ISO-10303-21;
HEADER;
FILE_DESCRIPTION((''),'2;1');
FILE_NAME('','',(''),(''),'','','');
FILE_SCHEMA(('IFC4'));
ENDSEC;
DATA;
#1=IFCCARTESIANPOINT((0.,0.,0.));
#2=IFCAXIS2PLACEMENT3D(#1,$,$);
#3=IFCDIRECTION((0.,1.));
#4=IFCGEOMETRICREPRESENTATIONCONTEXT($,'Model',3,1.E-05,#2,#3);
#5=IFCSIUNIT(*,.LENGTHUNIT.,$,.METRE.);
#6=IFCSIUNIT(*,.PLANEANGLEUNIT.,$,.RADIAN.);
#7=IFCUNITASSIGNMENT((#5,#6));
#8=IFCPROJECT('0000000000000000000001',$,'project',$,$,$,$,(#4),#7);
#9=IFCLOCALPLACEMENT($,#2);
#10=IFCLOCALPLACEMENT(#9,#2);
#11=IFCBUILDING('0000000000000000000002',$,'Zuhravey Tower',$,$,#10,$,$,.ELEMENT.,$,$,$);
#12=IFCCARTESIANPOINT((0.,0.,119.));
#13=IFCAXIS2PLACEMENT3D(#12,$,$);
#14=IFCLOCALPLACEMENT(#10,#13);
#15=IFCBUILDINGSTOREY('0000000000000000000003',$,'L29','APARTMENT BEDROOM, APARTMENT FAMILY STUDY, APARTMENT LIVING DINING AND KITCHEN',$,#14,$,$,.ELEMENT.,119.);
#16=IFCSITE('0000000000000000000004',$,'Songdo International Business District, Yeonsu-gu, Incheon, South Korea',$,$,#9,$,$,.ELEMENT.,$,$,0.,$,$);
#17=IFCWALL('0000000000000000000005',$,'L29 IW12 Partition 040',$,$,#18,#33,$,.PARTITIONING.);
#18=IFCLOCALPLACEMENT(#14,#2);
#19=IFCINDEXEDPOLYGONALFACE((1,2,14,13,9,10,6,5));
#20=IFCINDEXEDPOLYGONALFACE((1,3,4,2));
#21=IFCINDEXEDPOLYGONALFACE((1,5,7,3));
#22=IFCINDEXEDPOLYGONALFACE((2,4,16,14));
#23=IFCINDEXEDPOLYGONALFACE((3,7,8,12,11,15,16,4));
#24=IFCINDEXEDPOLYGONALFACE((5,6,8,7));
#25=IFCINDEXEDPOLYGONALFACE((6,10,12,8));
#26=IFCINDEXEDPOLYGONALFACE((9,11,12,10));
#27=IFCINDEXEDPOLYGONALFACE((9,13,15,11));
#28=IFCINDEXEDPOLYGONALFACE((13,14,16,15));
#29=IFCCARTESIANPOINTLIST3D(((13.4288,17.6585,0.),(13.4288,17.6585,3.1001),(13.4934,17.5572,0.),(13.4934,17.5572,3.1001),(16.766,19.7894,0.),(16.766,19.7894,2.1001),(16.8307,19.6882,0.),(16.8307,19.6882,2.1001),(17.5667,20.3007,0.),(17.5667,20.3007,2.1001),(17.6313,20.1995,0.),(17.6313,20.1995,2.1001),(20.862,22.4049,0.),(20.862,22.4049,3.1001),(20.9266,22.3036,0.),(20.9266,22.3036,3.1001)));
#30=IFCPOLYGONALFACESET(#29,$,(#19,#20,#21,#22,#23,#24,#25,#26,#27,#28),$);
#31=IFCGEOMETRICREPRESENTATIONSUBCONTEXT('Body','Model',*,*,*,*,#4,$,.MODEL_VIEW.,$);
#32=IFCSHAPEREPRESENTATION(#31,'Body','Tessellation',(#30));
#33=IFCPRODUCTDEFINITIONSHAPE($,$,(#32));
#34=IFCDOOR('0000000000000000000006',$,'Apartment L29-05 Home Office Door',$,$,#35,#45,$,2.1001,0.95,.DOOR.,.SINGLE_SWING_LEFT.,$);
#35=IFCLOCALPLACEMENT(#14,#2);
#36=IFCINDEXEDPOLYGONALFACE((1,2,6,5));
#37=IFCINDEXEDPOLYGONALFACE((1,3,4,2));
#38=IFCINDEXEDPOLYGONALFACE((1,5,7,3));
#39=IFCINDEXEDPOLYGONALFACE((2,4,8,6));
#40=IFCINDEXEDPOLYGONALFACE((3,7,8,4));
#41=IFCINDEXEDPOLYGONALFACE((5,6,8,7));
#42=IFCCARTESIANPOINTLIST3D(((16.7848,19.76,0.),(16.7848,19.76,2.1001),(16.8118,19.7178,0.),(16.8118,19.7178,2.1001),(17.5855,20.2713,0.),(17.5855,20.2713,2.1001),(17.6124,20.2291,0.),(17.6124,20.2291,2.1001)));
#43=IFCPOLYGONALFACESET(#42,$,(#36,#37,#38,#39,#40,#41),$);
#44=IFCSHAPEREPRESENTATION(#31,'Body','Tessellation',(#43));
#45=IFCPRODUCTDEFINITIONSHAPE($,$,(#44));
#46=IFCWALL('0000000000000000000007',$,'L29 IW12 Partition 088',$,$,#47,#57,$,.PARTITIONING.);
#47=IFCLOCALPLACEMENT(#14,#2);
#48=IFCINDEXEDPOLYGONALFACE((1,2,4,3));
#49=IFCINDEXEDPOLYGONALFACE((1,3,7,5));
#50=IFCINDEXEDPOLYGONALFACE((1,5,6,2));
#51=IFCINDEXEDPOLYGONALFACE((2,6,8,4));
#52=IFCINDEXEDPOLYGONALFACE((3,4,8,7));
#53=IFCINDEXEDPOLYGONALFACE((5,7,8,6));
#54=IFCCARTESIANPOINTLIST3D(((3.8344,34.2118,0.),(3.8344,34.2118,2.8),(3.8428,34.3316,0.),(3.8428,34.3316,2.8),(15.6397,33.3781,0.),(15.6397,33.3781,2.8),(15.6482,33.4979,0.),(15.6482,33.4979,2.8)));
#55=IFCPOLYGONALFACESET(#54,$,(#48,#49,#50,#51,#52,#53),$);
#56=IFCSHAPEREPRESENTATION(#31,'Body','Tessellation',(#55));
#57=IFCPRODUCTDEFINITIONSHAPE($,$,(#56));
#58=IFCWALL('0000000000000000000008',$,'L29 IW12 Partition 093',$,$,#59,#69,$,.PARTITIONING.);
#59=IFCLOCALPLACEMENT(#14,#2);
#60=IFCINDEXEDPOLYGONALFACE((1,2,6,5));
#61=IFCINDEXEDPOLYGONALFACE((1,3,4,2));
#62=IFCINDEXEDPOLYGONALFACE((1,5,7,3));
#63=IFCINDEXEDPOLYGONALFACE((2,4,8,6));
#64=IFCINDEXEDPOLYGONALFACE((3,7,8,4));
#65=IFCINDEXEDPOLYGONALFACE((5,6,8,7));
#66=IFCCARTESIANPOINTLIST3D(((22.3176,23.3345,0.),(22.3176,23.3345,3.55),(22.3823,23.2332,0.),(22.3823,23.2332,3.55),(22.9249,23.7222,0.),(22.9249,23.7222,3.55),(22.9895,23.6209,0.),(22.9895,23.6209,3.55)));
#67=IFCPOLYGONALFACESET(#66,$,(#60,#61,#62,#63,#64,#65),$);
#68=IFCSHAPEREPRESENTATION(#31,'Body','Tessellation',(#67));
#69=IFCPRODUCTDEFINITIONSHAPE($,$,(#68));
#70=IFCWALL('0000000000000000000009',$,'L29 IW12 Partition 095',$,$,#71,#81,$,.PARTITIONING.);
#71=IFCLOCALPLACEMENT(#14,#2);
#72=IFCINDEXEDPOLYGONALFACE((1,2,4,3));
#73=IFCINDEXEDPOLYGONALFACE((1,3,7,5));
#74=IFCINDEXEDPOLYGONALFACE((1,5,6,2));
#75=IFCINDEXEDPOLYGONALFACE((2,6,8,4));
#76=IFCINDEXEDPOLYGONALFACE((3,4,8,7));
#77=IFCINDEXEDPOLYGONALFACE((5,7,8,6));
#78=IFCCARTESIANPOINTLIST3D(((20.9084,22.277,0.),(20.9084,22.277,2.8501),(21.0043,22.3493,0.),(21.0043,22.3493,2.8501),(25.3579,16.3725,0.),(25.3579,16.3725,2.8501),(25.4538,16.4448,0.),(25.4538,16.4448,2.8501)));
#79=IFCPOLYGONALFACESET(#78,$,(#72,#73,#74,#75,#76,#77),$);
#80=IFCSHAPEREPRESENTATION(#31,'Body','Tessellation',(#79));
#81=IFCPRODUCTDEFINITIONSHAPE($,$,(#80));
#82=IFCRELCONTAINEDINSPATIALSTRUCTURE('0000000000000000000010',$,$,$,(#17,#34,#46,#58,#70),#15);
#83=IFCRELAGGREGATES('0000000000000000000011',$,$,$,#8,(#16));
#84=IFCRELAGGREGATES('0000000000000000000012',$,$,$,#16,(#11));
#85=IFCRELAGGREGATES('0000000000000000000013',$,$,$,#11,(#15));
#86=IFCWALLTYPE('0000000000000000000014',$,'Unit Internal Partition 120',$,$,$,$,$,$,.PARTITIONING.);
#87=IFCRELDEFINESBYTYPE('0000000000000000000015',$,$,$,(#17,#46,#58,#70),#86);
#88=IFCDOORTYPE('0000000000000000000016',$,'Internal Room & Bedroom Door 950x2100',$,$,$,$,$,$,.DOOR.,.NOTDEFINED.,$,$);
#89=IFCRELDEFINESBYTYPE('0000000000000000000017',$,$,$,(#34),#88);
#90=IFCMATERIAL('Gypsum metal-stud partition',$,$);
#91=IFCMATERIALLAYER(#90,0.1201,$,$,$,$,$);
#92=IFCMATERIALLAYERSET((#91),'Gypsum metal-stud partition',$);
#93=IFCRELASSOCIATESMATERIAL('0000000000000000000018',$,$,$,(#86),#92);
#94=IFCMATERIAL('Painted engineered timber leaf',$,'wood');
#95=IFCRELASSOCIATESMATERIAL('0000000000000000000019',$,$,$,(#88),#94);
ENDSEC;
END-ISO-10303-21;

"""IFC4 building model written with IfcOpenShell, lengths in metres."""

from ifc_helpers import new_model, si_unit, direction, frame, frame_2d, origin, place, context, subcontext, project, spatial, rectangle, extrude, material, layer, layer_set, type_object, element, fill, save


model = new_model("IFC4")

# Units and contexts
model_context = context("Model", 3, precision=1e-05, world=origin(), true_north=direction((0.0, 1.0)))
body_context = subcontext(model_context, "Body", "Model", "MODEL_VIEW")
ifc_project = project(units=[si_unit("LENGTHUNIT", "METRE"), si_unit("PLANEANGLEUNIT", "RADIAN")], contexts=[model_context])

# Site, building, storey
site_placement = place(None, origin())
site = spatial("IfcSite", under=ifc_project, at=site_placement, Name="Songdo International Business District, Yeonsu-gu, Incheon, South Korea", CompositionType="ELEMENT", RefElevation=0.0)
building_placement = place(site_placement, origin())
building = spatial("IfcBuilding", under=site, at=building_placement, Name="Zuhravey Tower", CompositionType="ELEMENT")
storey_placement = place(building_placement, frame((0.0, 0.0, 119.0)))
storey = spatial("IfcBuildingStorey", under=building, at=storey_placement, Name="L29", Description="APARTMENT BEDROOM, APARTMENT FAMILY STUDY, APARTMENT LIVING DINING AND KITCHEN", CompositionType="ELEMENT", Elevation=119.0)

# Wall, opening, door
ifc_material_1 = material(Name="Gypsum metal-stud partition")
ifc_layer_1 = layer(ifc_material_1, 0.1201)
ifc_layer_set_1 = layer_set([ifc_layer_1], Name="Gypsum metal-stud partition")
wall_type_1 = type_object("IfcWallType", Name="Unit Internal Partition 120", PredefinedType="PARTITIONING", material=ifc_layer_set_1)
wall_1_placement = place(storey_placement, frame((20.8943, 22.3542, 0.0), z_axis=(0.0, 0.0, 1.0), x_axis=(-0.84283, -0.538181, 0.0)))
wall_1 = element("IfcWall", 1, at=wall_1_placement, inside=storey, type_object=wall_type_1, Name="L29 IW12 Partition 040", PredefinedType="PARTITIONING", context=body_context, shape_type="SweptSolid", body=[
    extrude(rectangle(XDim=8.8193, YDim=0.1201, at=frame_2d((4.4097, 0.0))), origin(), (0.0, 0.0, 1.0), 3.1001),
])
opening_1_placement = place(wall_1_placement, frame((3.9097, 0.0, 0.0)))
opening_1 = element("IfcOpeningElement", 2, at=opening_1_placement, cuts=wall_1, PredefinedType="OPENING", context=body_context, shape_type="SweptSolid", body=[
    extrude(rectangle(XDim=0.95, YDim=2.1001, at=frame_2d((0.4751, 1.05))), frame((0.0, 0.072, 0.0), z_axis=(0.0, -1.0, 0.0), x_axis=(1.0, 0.0, 0.0)), (0.0, 0.0, 1.0), 0.144),
])
ifc_material_2 = material(Name="Painted engineered timber leaf", Category="wood")
door_type_1 = type_object("IfcDoorType", Name="Internal Room & Bedroom Door 950x2100", OperationType="NOTDEFINED", PredefinedType="DOOR", material=ifc_material_2)
door_1_placement = place(opening_1_placement, origin())
door_1 = element("IfcDoor", 3, at=door_1_placement, inside=storey, type_object=door_type_1, Name="Apartment L29-05 Home Office Door", OperationType="SINGLE_SWING_LEFT", OverallHeight=2.1001, OverallWidth=0.95, PredefinedType="DOOR", context=body_context, shape_type="SweptSolid", body=[
    extrude(rectangle(XDim=0.95, YDim=2.1001, at=frame_2d((0.4751, 1.05))), frame((0.0, 0.0249, 0.0), z_axis=(0.0, -1.0, 0.0), x_axis=(1.0, 0.0, 0.0)), (0.0, 0.0, 1.0), 0.05),
])
fill(opening_1, door_1)

# Walls
wall_2_placement = place(storey_placement, frame((15.644, 33.438, 0.0), z_axis=(0.0, 0.0, 1.0), x_axis=(-0.997515, 0.070448, 0.0)))
element("IfcWall", 4, at=wall_2_placement, inside=storey, type_object=wall_type_1, Name="L29 IW12 Partition 088", PredefinedType="PARTITIONING", context=body_context, shape_type="SweptSolid", body=[
    extrude(rectangle(XDim=11.8347, YDim=0.1201, at=frame_2d((5.9175, 0.0))), origin(), (0.0, 0.0, 1.0), 2.8),
])
wall_3_placement = place(storey_placement, frame((22.9573, 23.6716, 0.0), z_axis=(0.0, 0.0, 1.0), x_axis=(-0.842837, -0.538169, 0.0)))
element("IfcWall", 5, at=wall_3_placement, inside=storey, type_object=wall_type_1, Name="L29 IW12 Partition 093", PredefinedType="PARTITIONING", context=body_context, shape_type="SweptSolid", body=[
    extrude(rectangle(XDim=0.7205, YDim=0.1201, at=frame_2d((0.3604, 0.0))), origin(), (0.0, 0.0, 1.0), 3.55),
])
wall_4_placement = place(storey_placement, frame((20.9563, 22.3132, 0.0), z_axis=(0.0, 0.0, 1.0), x_axis=(0.601821, -0.798631, 0.0)))
element("IfcWall", 6, at=wall_4_placement, inside=storey, type_object=wall_type_1, Name="L29 IW12 Partition 095", PredefinedType="PARTITIONING", context=body_context, shape_type="SweptSolid", body=[
    extrude(rectangle(XDim=7.3933, YDim=0.1201, at=frame_2d((3.6968, 0.0))), origin(), (0.0, 0.0, 1.0), 2.8501),
])

save(model, "model.ifc")
